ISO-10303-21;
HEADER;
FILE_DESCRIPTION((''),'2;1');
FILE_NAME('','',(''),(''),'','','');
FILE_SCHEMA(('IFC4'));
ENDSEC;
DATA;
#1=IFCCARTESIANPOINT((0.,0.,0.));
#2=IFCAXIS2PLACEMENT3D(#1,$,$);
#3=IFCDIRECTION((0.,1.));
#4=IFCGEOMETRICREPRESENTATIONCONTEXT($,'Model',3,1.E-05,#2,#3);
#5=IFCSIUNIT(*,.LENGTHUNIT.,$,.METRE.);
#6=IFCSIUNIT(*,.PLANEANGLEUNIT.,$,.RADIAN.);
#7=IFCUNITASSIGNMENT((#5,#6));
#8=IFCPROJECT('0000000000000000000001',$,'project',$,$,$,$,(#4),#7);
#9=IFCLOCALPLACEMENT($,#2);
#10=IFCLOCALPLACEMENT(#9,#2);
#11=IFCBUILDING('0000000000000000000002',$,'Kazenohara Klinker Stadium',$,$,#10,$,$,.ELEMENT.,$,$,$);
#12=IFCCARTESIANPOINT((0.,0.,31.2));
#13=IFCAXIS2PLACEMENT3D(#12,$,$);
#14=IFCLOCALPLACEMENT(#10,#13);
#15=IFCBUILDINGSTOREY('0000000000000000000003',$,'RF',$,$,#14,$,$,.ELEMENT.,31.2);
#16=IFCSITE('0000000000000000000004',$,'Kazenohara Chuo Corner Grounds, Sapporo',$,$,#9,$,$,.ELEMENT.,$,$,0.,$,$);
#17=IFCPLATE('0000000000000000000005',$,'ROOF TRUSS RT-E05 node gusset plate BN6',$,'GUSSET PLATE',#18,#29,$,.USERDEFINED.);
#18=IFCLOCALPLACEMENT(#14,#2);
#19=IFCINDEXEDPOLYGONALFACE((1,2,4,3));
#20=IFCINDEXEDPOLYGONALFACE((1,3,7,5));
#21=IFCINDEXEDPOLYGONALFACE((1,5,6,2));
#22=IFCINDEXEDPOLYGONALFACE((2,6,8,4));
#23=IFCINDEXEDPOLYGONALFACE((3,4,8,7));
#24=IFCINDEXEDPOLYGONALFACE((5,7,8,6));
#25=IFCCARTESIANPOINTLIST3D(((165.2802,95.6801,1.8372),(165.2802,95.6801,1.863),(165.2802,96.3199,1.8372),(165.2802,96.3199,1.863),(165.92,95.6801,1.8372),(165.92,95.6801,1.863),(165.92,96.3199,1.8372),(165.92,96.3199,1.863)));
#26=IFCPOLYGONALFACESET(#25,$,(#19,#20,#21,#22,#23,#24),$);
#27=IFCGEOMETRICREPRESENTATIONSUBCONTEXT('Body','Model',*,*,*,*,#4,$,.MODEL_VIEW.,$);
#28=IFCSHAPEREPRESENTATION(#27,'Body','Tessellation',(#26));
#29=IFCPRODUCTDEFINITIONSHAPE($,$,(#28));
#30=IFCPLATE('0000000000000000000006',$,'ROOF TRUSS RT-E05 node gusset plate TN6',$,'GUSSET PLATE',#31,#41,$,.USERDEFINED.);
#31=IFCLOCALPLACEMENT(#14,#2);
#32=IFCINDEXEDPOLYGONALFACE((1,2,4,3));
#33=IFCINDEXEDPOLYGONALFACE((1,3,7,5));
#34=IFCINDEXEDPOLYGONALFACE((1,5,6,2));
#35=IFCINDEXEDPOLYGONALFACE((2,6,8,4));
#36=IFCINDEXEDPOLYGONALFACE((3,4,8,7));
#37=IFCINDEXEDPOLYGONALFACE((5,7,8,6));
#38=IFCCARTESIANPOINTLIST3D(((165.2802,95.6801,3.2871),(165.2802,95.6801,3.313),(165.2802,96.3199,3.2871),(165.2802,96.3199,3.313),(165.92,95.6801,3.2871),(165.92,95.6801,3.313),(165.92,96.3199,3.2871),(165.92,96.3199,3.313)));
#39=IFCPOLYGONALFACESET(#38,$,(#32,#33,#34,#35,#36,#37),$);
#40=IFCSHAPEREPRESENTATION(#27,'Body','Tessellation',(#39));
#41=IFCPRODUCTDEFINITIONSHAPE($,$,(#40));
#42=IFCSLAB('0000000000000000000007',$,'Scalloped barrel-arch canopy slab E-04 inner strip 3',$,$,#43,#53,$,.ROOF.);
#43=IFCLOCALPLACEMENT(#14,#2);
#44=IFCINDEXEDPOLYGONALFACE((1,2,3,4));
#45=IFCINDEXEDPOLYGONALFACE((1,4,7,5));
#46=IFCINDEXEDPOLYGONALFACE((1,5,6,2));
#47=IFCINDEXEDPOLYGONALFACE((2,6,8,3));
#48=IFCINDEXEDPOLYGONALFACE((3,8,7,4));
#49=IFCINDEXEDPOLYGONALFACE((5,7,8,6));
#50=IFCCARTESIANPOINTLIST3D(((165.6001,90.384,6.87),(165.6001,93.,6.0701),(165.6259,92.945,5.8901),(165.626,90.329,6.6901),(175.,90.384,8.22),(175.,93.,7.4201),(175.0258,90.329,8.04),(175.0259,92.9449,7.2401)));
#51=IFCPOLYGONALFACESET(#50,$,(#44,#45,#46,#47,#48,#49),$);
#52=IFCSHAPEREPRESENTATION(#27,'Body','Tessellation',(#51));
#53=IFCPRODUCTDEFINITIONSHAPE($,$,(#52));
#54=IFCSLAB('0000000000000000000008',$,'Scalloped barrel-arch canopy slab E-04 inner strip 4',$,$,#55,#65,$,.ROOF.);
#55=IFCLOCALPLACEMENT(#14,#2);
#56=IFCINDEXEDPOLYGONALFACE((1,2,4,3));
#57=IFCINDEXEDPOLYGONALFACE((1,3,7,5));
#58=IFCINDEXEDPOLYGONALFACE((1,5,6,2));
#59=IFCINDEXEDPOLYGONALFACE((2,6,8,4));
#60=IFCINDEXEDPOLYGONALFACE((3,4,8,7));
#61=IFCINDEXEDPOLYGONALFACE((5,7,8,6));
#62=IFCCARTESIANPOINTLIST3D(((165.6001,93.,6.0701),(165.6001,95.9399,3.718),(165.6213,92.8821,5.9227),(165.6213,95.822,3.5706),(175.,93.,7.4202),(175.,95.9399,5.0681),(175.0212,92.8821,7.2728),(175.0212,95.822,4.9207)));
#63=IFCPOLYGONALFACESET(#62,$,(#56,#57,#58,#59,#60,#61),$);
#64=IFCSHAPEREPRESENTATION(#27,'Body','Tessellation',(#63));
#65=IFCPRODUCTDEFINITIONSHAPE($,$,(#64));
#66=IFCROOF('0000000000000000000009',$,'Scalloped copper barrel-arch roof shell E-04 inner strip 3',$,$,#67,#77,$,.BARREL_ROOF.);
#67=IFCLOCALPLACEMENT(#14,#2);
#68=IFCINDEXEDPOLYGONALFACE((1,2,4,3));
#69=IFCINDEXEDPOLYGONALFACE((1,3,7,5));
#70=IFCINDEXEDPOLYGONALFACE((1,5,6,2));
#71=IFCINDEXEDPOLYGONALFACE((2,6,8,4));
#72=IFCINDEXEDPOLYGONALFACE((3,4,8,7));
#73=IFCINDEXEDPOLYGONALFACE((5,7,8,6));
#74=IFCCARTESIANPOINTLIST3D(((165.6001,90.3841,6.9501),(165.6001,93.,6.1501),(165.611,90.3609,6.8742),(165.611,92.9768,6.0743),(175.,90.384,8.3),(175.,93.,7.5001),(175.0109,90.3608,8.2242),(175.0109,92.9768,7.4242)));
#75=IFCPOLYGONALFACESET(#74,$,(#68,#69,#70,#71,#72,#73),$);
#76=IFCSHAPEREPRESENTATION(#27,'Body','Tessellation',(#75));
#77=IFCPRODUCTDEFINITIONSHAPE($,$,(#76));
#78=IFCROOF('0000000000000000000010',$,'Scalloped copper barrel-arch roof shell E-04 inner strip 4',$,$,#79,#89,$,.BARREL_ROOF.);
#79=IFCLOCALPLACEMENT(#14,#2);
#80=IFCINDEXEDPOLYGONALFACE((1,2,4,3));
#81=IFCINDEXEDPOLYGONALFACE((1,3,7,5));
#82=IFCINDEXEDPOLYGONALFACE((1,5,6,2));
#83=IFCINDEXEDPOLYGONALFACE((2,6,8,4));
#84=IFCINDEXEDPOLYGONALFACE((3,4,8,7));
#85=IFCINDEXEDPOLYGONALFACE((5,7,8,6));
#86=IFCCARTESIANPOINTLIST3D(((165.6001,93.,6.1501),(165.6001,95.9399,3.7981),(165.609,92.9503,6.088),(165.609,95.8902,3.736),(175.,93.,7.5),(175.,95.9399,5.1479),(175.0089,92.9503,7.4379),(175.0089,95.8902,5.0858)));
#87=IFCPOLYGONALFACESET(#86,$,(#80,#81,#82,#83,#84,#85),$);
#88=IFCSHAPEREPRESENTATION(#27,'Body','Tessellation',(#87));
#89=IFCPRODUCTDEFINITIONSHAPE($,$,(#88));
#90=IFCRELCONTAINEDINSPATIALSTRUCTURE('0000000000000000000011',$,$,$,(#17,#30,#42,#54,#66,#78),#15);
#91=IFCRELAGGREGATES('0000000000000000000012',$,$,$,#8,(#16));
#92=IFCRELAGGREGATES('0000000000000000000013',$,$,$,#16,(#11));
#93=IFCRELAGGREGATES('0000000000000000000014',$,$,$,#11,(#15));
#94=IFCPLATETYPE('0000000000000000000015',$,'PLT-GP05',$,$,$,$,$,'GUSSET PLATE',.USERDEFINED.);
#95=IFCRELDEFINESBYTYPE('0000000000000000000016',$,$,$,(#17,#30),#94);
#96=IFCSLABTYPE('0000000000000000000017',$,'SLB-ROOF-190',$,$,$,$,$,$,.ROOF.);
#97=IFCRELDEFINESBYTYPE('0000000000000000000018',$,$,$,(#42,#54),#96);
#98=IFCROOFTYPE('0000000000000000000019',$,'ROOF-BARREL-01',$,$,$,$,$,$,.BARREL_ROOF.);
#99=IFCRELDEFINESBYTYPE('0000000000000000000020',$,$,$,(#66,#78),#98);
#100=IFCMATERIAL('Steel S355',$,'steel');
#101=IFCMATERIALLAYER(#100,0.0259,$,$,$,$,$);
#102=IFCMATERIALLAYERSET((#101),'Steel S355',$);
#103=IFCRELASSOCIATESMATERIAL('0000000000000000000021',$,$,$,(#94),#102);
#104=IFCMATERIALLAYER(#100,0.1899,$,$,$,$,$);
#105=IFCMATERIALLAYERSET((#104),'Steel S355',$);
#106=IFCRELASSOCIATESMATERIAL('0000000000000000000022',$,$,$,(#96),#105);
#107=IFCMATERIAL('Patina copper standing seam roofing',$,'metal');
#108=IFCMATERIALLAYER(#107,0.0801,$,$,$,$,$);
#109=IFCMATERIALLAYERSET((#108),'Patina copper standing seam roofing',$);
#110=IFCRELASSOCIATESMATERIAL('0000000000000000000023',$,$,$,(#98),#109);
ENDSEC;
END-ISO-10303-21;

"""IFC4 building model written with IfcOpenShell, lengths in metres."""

from ifc_helpers import new_model, si_unit, direction, frame, origin, origin_2d, place, context, subcontext, project, spatial, polyline, rectangle, outline, extrude, material, layer, layer_set, type_object, element, save


model = new_model("IFC4")

# Units and contexts
model_context = context("Model", 3, precision=1e-05, world=origin(), true_north=direction((0.0, 1.0)))
body_context = subcontext(model_context, "Body", "Model", "MODEL_VIEW")
ifc_project = project(units=[si_unit("LENGTHUNIT", "METRE"), si_unit("PLANEANGLEUNIT", "RADIAN")], contexts=[model_context])

# Site, building, storey
site_placement = place(None, origin())
site = spatial("IfcSite", under=ifc_project, at=site_placement, Name="Kazenohara Chuo Corner Grounds, Sapporo", CompositionType="ELEMENT", RefElevation=0.0)
building_placement = place(site_placement, origin())
building = spatial("IfcBuilding", under=site, at=building_placement, Name="Kazenohara Klinker Stadium", CompositionType="ELEMENT")
storey_placement = place(building_placement, frame((0.0, 0.0, 31.2)))
storey = spatial("IfcBuildingStorey", under=building, at=storey_placement, Name="RF", CompositionType="ELEMENT", Elevation=31.2)

# Shared definitions
ifc_material_1 = material(Name="Steel S355", Category="steel")

# Plates
ifc_layer_1 = layer(ifc_material_1, 0.0259)
ifc_layer_set_1 = layer_set([ifc_layer_1], Name="Steel S355")
plate_type_1 = type_object("IfcPlateType", Name="PLT-GP05", ElementType="GUSSET PLATE", PredefinedType="USERDEFINED", material=ifc_layer_set_1)
for number, where, z_axis, x_axis, name in (
    (1, (165.6001, 96.0, 1.8372), (0.0, 0.0, 1.0), (1.0, 0.0, 0.0), "ROOF TRUSS RT-E05 node gusset plate BN6"),
    (2, (165.6001, 96.0, 3.2871), (0.0, 0.0, 1.0), (1.0, 0.0, 0.0), "ROOF TRUSS RT-E05 node gusset plate TN6"),
):
    element("IfcPlate", number, at=place(storey_placement, frame(where, z_axis=z_axis, x_axis=x_axis)), inside=storey, type_object=plate_type_1, Name=name, ObjectType="GUSSET PLATE", PredefinedType="USERDEFINED", context=body_context, shape_type="SweptSolid", body=[
        extrude(rectangle(XDim=0.6399, YDim=0.6399, at=origin_2d()), origin(), (0.0, 0.0, 1.0), 0.0259),
    ])

# Slabs
ifc_layer_2 = layer(ifc_material_1, 0.1899)
ifc_layer_set_2 = layer_set([ifc_layer_2], Name="Steel S355")
slab_type = type_object("IfcSlabType", Name="SLB-ROOF-190", PredefinedType="ROOF", material=ifc_layer_set_2)
slab_1_placement = place(storey_placement, frame((175.0, 90.384, 8.22), z_axis=(-0.136061, 0.289701, 0.947397), x_axis=(-0.989844, -0.000004, -0.142156)))
element("IfcSlab", 3, at=slab_1_placement, inside=storey, type_object=slab_type, Name="Scalloped barrel-arch canopy slab E-04 inner strip 3", PredefinedType="ROOF", context=body_context, shape_type="SweptSolid", body=[
    extrude(outline(polyline([(0.0, 0.0), (9.4963, 0.0), (9.6101, -2.7332), (0.1137, -2.7331), (0.0, 0.0)])), origin(), (0.0, 0.0, -1.0), 0.1899),
])
slab_2_placement = place(storey_placement, frame((175.0, 93.0, 7.4202), z_axis=(-0.111455, 0.620819, 0.775991), x_axis=(-0.989842, 0.0, -0.14217)))
element("IfcSlab", 4, at=slab_2_placement, inside=storey, type_object=slab_type, Name="Scalloped barrel-arch canopy slab E-04 inner strip 4", PredefinedType="ROOF", context=body_context, shape_type="SweptSolid", body=[
    extrude(outline(polyline([(0.0, 0.0), (9.4964, 0.0), (9.8308, -3.7501), (0.3344, -3.7501), (0.0, 0.0)])), origin(), (0.0, 0.0, -1.0), 0.1899),
])

# Roofs
ifc_material_2 = material(Name="Patina copper standing seam roofing", Category="metal")
ifc_layer_3 = layer(ifc_material_2, 0.0801)
ifc_layer_set_3 = layer_set([ifc_layer_3], Name="Patina copper standing seam roofing")
roof_type = type_object("IfcRoofType", Name="ROOF-BARREL-01", PredefinedType="BARREL_ROOF", material=ifc_layer_set_3)
roof_1_placement = place(storey_placement, frame((175.0, 90.384, 8.3), z_axis=(-0.136061, 0.289701, 0.947397), x_axis=(-0.989844, 0.000004, -0.142158)))
element("IfcRoof", 5, at=roof_1_placement, inside=storey, type_object=roof_type, Name="Scalloped copper barrel-arch roof shell E-04 inner strip 3", PredefinedType="BARREL_ROOF", context=body_context, shape_type="SweptSolid", body=[
    extrude(outline(polyline([(0.0, 0.0), (9.4964, 0.0), (9.6101, -2.7331), (0.1137, -2.7332), (0.0, 0.0)])), origin(), (0.0, 0.0, -1.0), 0.0801),
])
roof_2_placement = place(storey_placement, frame((175.0, 93.0, 7.5), z_axis=(-0.111435, 0.62082, 0.775993), x_axis=(-0.989846, 0.0, -0.142145)))
element("IfcRoof", 6, at=roof_2_placement, inside=storey, type_object=roof_type, Name="Scalloped copper barrel-arch roof shell E-04 inner strip 4", PredefinedType="BARREL_ROOF", context=body_context, shape_type="SweptSolid", body=[
    extrude(outline(polyline([(0.0, 0.0), (9.4963, 0.0), (9.8307, -3.7501), (0.3343, -3.7501), (0.0, 0.0)])), origin(), (0.0, 0.0, -1.0), 0.0801),
])

save(model, "model.ifc")
